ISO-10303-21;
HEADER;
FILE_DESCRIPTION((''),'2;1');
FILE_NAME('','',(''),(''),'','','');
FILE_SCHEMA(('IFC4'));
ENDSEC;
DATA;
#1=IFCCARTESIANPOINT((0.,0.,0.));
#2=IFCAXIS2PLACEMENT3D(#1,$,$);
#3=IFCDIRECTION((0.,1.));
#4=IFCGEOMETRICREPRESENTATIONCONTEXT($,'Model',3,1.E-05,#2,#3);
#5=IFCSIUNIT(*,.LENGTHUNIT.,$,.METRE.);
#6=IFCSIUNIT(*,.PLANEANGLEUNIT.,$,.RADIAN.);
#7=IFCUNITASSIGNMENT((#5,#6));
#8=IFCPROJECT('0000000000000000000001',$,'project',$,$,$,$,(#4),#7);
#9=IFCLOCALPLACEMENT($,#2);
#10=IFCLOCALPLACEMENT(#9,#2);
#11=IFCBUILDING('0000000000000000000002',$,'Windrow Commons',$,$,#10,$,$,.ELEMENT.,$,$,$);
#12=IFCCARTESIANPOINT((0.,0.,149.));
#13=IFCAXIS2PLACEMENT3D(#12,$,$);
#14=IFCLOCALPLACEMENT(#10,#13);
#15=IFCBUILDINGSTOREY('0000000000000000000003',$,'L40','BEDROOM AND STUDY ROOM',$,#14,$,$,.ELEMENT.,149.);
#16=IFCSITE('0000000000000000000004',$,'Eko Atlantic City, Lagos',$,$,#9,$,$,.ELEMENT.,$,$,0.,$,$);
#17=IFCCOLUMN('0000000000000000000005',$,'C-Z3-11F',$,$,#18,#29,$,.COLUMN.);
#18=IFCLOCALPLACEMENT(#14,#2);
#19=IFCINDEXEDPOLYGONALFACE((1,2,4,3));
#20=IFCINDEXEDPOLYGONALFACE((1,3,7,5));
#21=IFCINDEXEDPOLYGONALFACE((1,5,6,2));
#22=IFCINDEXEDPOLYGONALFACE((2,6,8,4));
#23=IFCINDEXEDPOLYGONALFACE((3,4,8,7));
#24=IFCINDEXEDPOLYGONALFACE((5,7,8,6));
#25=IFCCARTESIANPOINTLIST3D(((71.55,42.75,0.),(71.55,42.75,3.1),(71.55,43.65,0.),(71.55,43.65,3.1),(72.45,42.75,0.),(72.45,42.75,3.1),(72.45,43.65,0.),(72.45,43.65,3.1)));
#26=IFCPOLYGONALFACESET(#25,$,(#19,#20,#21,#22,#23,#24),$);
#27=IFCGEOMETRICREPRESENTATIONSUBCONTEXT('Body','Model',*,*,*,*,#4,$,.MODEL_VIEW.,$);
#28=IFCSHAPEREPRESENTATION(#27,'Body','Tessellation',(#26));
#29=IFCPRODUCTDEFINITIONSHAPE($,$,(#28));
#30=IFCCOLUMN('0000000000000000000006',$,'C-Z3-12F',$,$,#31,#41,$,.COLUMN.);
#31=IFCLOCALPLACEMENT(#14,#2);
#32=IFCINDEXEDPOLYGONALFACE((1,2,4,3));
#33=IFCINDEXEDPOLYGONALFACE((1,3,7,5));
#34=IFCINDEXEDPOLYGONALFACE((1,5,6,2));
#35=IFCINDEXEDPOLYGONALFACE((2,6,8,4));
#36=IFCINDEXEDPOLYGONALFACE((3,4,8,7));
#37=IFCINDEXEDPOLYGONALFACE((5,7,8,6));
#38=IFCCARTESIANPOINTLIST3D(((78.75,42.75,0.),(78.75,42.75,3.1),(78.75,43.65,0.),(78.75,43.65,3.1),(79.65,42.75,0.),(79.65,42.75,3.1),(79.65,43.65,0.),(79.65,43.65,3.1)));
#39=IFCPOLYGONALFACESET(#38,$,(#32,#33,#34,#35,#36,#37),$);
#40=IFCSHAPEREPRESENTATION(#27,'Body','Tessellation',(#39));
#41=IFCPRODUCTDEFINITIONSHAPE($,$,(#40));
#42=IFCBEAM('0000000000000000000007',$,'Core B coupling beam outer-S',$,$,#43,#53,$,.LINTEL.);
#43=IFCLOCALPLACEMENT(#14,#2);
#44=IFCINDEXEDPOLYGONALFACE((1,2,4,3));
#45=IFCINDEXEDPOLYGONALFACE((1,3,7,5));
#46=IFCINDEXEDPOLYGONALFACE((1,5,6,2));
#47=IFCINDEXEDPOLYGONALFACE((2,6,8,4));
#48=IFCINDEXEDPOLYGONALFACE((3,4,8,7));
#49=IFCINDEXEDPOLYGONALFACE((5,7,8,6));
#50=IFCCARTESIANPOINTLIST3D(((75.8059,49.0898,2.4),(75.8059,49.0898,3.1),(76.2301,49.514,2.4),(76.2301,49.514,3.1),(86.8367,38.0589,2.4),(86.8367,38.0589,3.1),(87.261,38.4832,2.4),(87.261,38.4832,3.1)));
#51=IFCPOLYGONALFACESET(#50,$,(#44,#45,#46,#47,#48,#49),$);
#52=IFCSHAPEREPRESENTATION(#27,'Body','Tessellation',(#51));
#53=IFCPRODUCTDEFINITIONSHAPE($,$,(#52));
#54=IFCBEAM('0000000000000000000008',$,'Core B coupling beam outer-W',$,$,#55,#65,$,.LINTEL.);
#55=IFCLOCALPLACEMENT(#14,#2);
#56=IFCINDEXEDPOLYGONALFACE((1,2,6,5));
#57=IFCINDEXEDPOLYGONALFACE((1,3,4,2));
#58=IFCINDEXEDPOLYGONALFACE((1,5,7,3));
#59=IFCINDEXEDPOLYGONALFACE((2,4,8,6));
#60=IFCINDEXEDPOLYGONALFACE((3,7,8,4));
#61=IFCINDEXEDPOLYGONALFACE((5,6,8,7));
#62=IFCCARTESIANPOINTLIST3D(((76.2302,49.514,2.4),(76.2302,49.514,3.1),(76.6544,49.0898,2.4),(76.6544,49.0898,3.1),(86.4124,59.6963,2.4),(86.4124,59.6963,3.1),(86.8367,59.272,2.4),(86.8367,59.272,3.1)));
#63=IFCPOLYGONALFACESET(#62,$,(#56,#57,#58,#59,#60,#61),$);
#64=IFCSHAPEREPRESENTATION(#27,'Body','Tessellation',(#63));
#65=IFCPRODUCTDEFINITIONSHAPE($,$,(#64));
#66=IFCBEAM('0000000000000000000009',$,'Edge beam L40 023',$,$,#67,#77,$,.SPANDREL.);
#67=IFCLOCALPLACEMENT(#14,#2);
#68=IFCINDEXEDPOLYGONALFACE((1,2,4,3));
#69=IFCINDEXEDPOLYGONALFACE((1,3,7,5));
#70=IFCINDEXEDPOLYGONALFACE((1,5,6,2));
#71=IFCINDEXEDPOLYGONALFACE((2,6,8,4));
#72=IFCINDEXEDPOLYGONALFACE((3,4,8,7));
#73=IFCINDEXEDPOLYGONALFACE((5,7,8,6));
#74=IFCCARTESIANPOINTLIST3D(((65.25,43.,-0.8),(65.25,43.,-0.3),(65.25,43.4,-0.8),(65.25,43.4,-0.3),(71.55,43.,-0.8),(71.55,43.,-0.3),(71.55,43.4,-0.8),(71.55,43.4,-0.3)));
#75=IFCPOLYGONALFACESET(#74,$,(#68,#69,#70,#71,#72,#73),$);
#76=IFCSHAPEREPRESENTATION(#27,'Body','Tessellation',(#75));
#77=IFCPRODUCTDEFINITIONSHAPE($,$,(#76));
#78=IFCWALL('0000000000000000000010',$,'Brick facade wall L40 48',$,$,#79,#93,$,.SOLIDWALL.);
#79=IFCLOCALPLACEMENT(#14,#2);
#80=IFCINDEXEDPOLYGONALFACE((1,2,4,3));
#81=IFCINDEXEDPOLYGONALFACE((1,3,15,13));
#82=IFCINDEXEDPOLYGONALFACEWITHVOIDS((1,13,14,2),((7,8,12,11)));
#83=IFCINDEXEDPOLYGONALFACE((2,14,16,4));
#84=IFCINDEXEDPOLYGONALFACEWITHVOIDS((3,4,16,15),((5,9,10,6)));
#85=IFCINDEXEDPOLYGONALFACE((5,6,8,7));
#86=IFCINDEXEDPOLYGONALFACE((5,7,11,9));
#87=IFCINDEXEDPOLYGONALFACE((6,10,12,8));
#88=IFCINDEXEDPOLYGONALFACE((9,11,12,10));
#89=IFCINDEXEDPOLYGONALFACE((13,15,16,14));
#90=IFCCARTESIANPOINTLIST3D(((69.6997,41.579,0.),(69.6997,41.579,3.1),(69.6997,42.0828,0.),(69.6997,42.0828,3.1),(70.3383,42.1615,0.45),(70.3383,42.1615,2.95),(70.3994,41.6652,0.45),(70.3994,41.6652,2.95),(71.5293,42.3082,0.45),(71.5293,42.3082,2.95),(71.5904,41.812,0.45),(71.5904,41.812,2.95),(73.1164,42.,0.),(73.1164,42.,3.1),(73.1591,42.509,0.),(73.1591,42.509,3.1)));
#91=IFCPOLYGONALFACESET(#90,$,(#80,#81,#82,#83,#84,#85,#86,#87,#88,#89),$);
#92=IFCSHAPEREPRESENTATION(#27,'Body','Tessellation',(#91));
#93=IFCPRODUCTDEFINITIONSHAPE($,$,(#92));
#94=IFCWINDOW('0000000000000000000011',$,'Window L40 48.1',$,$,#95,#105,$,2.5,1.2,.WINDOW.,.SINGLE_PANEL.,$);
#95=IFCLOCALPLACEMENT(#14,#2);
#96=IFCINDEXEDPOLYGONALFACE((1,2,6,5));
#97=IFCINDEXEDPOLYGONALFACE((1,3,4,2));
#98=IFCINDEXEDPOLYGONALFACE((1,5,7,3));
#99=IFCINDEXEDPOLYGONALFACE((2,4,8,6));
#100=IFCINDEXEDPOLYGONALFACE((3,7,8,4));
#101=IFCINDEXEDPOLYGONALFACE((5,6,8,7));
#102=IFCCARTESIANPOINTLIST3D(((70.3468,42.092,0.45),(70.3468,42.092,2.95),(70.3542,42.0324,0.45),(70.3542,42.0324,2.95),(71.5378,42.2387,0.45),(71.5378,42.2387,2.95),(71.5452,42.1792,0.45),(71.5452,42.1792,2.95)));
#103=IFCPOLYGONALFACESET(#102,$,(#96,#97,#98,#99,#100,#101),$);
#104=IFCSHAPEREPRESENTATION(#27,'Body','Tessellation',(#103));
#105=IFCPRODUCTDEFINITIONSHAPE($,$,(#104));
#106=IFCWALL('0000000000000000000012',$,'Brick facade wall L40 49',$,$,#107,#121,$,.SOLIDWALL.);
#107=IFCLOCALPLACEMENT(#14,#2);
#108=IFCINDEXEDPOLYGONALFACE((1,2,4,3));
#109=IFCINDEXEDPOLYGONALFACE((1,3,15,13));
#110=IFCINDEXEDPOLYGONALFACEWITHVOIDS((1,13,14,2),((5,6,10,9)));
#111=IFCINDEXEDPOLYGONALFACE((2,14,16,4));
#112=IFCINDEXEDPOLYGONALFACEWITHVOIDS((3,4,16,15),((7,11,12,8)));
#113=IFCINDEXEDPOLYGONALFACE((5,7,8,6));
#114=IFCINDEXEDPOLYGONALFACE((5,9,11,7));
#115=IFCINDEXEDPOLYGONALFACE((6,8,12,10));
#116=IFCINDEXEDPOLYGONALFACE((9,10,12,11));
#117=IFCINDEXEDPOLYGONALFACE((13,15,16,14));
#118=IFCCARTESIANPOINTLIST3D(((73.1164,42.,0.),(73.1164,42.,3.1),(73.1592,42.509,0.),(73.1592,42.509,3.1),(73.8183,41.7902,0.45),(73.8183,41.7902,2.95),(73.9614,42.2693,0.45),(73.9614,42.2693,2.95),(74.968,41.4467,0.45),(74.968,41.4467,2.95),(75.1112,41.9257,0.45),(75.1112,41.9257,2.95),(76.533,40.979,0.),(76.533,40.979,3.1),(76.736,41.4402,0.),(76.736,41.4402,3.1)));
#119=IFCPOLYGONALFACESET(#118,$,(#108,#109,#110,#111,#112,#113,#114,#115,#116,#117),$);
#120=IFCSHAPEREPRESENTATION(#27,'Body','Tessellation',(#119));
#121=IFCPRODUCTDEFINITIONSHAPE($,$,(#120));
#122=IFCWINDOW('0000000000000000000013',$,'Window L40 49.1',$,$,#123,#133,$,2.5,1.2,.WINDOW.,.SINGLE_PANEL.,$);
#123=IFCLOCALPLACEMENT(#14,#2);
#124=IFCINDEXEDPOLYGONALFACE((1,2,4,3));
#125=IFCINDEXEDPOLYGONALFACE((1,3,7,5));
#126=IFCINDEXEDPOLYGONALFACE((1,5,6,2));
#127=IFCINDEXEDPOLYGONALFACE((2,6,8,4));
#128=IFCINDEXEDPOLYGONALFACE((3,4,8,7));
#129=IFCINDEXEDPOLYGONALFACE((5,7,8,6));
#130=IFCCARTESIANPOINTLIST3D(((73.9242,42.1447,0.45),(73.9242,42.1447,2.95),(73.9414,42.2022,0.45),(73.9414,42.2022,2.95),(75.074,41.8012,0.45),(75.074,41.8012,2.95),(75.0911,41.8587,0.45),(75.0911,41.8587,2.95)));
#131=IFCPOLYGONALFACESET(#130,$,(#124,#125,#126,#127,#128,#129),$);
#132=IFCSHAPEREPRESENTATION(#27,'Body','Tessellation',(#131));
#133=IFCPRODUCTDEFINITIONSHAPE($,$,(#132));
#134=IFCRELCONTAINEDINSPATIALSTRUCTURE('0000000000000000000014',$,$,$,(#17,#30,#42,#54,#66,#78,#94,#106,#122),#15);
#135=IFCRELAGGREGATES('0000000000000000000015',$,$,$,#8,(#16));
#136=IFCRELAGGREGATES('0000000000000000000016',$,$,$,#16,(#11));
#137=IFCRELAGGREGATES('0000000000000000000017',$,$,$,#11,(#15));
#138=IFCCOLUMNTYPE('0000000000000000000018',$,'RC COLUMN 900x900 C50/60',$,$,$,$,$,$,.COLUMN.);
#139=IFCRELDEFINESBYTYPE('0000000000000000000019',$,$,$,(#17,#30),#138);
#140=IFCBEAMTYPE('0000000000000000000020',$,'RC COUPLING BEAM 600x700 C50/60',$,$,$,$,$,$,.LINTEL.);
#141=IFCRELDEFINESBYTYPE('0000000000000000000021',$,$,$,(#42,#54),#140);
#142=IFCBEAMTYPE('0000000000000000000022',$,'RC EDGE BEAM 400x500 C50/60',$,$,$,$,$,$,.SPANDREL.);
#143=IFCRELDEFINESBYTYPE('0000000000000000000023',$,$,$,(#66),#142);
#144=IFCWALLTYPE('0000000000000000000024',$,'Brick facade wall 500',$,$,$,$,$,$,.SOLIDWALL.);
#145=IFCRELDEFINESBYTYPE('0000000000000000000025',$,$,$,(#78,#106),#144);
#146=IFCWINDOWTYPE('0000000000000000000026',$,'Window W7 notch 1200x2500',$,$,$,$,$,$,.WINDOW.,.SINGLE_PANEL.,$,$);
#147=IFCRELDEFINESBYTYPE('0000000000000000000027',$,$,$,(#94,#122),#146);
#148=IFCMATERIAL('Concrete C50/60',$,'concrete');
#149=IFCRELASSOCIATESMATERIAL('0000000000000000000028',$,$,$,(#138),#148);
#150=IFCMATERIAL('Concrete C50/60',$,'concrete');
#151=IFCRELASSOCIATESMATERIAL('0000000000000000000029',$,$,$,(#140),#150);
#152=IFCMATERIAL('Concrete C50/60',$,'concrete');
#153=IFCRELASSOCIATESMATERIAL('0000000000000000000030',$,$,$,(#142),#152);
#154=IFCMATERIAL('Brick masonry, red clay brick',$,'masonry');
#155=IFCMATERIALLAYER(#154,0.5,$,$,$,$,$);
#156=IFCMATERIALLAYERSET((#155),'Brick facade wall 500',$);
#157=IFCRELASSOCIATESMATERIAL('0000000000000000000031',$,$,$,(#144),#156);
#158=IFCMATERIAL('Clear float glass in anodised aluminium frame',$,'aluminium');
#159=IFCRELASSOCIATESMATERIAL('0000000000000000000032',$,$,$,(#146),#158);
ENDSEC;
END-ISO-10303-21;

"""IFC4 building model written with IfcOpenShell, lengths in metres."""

from ifc_helpers import new_model, si_unit, direction, frame, frame_2d, origin, origin_2d, place, context, subcontext, project, spatial, polyline, rectangle, outline, extrude, material, layer, layer_set, material_profile, profile_set, type_object, element, fill, save


model = new_model("IFC4")

# Units and contexts
model_context = context("Model", 3, precision=1e-05, world=origin(), true_north=direction((0.0, 1.0)))
body_context = subcontext(model_context, "Body", "Model", "MODEL_VIEW")
ifc_project = project(units=[si_unit("LENGTHUNIT", "METRE"), si_unit("PLANEANGLEUNIT", "RADIAN")], contexts=[model_context])

# Site, building, storey
site_placement = place(None, origin())
site = spatial("IfcSite", under=ifc_project, at=site_placement, Name="Eko Atlantic City, Lagos", CompositionType="ELEMENT", RefElevation=0.0)
building_placement = place(site_placement, origin())
building = spatial("IfcBuilding", under=site, at=building_placement, Name="Windrow Commons", CompositionType="ELEMENT")
storey_placement = place(building_placement, frame((0.0, 0.0, 149.0)))
storey = spatial("IfcBuildingStorey", under=building, at=storey_placement, Name="L40", Description="BEDROOM AND STUDY ROOM", CompositionType="ELEMENT", Elevation=149.0)

# Columns
ifc_material_1 = material(Name="Concrete C50/60", Category="concrete")
ifc_material_profile_1 = material_profile(ifc_material_1, rectangle(XDim=0.9, YDim=0.9, at=origin_2d()))
ifc_profile_set_1 = profile_set([ifc_material_profile_1], Name="Concrete C50/60")
column_type = type_object("IfcColumnType", Name="RC COLUMN 900x900 C50/60", PredefinedType="COLUMN", material=ifc_profile_set_1)
for number, where, z_axis, x_axis, name in (
    (1, (72.0, 43.2, 0.0), (0.0, 0.0, 1.0), (1.0, 0.0, 0.0), "C-Z3-11F"),
    (2, (79.2, 43.2, 0.0), (0.0, 0.0, 1.0), (1.0, 0.0, 0.0), "C-Z3-12F"),
):
    element("IfcColumn", number, at=place(storey_placement, frame(where, z_axis=z_axis, x_axis=x_axis)), inside=storey, type_object=column_type, Name=name, PredefinedType="COLUMN", context=body_context, shape_type="SweptSolid", body=[
        extrude(rectangle(XDim=0.9, YDim=0.9, at=origin_2d()), origin(), (0.0, 0.0, 1.0), 3.1),
    ])

# Beams
ifc_material_2 = material(Name="Concrete C50/60", Category="concrete")
ifc_material_profile_2 = material_profile(ifc_material_2, rectangle(XDim=0.6, YDim=0.7, at=origin_2d()))
ifc_profile_set_2 = profile_set([ifc_material_profile_2], Name="Concrete C50/60")
beam_type_1 = type_object("IfcBeamType", Name="RC COUPLING BEAM 600x700 C50/60", PredefinedType="LINTEL", material=ifc_profile_set_2)
beam_1_placement = place(storey_placement, frame((76.018, 49.3019, 2.75), z_axis=(0.707107, -0.707107, 0.0), x_axis=(0.707107, 0.707107, 0.0)))
element("IfcBeam", 3, at=beam_1_placement, inside=storey, type_object=beam_type_1, Name="Core B coupling beam outer-S", PredefinedType="LINTEL", context=body_context, shape_type="SweptSolid", body=[
    extrude(rectangle(XDim=0.6, YDim=0.7, at=origin_2d()), origin(), (0.0, 0.0, 1.0), 15.6),
])
beam_2_placement = place(storey_placement, frame((76.4423, 49.3019, 2.75), z_axis=(0.707107, 0.707107, 0.0), x_axis=(-0.707107, 0.707107, 0.0)))
element("IfcBeam", 4, at=beam_2_placement, inside=storey, type_object=beam_type_1, Name="Core B coupling beam outer-W", PredefinedType="LINTEL", context=body_context, shape_type="SweptSolid", body=[
    extrude(rectangle(XDim=0.6, YDim=0.7, at=origin_2d()), origin(), (0.0, 0.0, 1.0), 14.3999),
])
ifc_material_3 = material(Name="Concrete C50/60", Category="concrete")
ifc_material_profile_3 = material_profile(ifc_material_3, rectangle(XDim=0.4, YDim=0.5, at=origin_2d()))
ifc_profile_set_3 = profile_set([ifc_material_profile_3], Name="Concrete C50/60")
beam_type_2 = type_object("IfcBeamType", Name="RC EDGE BEAM 400x500 C50/60", PredefinedType="SPANDREL", material=ifc_profile_set_3)
beam_3_placement = place(storey_placement, frame((71.55, 43.2, -0.55), z_axis=(-1.0, 0.0, 0.0), x_axis=(0.0, -1.0, 0.0)))
element("IfcBeam", 5, at=beam_3_placement, inside=storey, type_object=beam_type_2, Name="Edge beam L40 023", PredefinedType="SPANDREL", context=body_context, shape_type="SweptSolid", body=[
    extrude(rectangle(XDim=0.4, YDim=0.5, at=origin_2d()), origin(), (0.0, 0.0, 1.0), 6.3),
])

# Walls, openings, windows
ifc_material_4 = material(Name="Brick masonry, red clay brick", Category="masonry")
ifc_layer_1 = layer(ifc_material_4, 0.5)
ifc_layer_set_1 = layer_set([ifc_layer_1], Name="Brick facade wall 500")
wall_type_1 = type_object("IfcWallType", Name="Brick facade wall 500", PredefinedType="SOLIDWALL", material=ifc_layer_set_1)
wall_1_placement = place(storey_placement, frame((69.6997, 41.8309, 0.0), z_axis=(0.0, 0.0, 1.0), x_axis=(0.992495, 0.122283, 0.0)))
wall_1 = element("IfcWall", 6, at=wall_1_placement, inside=storey, type_object=wall_type_1, Name="Brick facade wall L40 48", PredefinedType="SOLIDWALL", context=body_context, shape_type="SweptSolid", body=[
    extrude(outline(polyline([(-0.0308, -0.25), (3.4117, -0.25), (3.5164, 0.25), (0.0308, 0.25), (-0.0308, -0.25)])), origin(), (0.0, 0.0, 1.0), 3.1),
])
opening_1_placement = place(wall_1_placement, frame((0.6742, 0.0, 0.45)))
opening_1 = element("IfcOpeningElement", 7, at=opening_1_placement, cuts=wall_1, PredefinedType="OPENING", context=body_context, shape_type="SweptSolid", body=[
    extrude(rectangle(XDim=1.2, YDim=2.5, at=frame_2d((0.6, 1.25))), frame((0.0, 0.26, 0.0), z_axis=(0.0, -1.0, 0.0), x_axis=(1.0, 0.0, 0.0)), (0.0, 0.0, 1.0), 0.52),
])
ifc_material_5 = material(Name="Clear float glass in anodised aluminium frame", Category="aluminium")
window_type = type_object("IfcWindowType", Name="Window W7 notch 1200x2500", PartitioningType="SINGLE_PANEL", PredefinedType="WINDOW", material=ifc_material_5)
window_1_placement = place(opening_1_placement, origin())
window_1 = element("IfcWindow", 8, at=window_1_placement, inside=storey, type_object=window_type, Name="Window L40 48.1", OverallHeight=2.5, OverallWidth=1.2, PartitioningType="SINGLE_PANEL", PredefinedType="WINDOW", context=body_context, shape_type="SweptSolid", body=[
    extrude(rectangle(XDim=1.2, YDim=2.5, at=frame_2d((0.6, 1.25))), frame((0.0, 0.18, 0.0), z_axis=(0.0, -1.0, 0.0), x_axis=(1.0, 0.0, 0.0)), (0.0, 0.0, 1.0), 0.06),
])
fill(opening_1, window_1)
wall_2_placement = place(storey_placement, frame((73.1378, 42.2545, 0.0), z_axis=(0.0, 0.0, 1.0), x_axis=(0.958136, -0.286315, 0.0)))
wall_2 = element("IfcWall", 9, at=wall_2_placement, inside=storey, type_object=wall_type_1, Name="Brick facade wall L40 49", PredefinedType="SOLIDWALL", context=body_context, shape_type="SweptSolid", body=[
    extrude(outline(polyline([(0.0524, -0.25), (3.6183, -0.25), (3.6807, 0.25), (-0.0524, 0.25), (0.0524, -0.25)])), origin(), (0.0, 0.0, 1.0), 3.1),
])
opening_2_placement = place(wall_2_placement, frame((0.7849, 0.0, 0.45)))
opening_2 = element("IfcOpeningElement", 10, at=opening_2_placement, cuts=wall_2, PredefinedType="OPENING", context=body_context, shape_type="SweptSolid", body=[
    extrude(rectangle(XDim=1.2, YDim=2.5, at=frame_2d((0.6, 1.25))), frame((0.0, 0.26, 0.0), z_axis=(0.0, -1.0, 0.0), x_axis=(1.0, 0.0, 0.0)), (0.0, 0.0, 1.0), 0.52),
])
window_2_placement = place(opening_2_placement, origin())
window_2 = element("IfcWindow", 11, at=window_2_placement, inside=storey, type_object=window_type, Name="Window L40 49.1", OverallHeight=2.5, OverallWidth=1.2, PartitioningType="SINGLE_PANEL", PredefinedType="WINDOW", context=body_context, shape_type="SweptSolid", body=[
    extrude(rectangle(XDim=1.2, YDim=2.5, at=frame_2d((0.6, 1.25))), frame((0.0, 0.18, 0.0), z_axis=(0.0, -1.0, 0.0), x_axis=(1.0, 0.0, 0.0)), (0.0, 0.0, 1.0), 0.06),
])
fill(opening_2, window_2)

save(model, "model.ifc")
